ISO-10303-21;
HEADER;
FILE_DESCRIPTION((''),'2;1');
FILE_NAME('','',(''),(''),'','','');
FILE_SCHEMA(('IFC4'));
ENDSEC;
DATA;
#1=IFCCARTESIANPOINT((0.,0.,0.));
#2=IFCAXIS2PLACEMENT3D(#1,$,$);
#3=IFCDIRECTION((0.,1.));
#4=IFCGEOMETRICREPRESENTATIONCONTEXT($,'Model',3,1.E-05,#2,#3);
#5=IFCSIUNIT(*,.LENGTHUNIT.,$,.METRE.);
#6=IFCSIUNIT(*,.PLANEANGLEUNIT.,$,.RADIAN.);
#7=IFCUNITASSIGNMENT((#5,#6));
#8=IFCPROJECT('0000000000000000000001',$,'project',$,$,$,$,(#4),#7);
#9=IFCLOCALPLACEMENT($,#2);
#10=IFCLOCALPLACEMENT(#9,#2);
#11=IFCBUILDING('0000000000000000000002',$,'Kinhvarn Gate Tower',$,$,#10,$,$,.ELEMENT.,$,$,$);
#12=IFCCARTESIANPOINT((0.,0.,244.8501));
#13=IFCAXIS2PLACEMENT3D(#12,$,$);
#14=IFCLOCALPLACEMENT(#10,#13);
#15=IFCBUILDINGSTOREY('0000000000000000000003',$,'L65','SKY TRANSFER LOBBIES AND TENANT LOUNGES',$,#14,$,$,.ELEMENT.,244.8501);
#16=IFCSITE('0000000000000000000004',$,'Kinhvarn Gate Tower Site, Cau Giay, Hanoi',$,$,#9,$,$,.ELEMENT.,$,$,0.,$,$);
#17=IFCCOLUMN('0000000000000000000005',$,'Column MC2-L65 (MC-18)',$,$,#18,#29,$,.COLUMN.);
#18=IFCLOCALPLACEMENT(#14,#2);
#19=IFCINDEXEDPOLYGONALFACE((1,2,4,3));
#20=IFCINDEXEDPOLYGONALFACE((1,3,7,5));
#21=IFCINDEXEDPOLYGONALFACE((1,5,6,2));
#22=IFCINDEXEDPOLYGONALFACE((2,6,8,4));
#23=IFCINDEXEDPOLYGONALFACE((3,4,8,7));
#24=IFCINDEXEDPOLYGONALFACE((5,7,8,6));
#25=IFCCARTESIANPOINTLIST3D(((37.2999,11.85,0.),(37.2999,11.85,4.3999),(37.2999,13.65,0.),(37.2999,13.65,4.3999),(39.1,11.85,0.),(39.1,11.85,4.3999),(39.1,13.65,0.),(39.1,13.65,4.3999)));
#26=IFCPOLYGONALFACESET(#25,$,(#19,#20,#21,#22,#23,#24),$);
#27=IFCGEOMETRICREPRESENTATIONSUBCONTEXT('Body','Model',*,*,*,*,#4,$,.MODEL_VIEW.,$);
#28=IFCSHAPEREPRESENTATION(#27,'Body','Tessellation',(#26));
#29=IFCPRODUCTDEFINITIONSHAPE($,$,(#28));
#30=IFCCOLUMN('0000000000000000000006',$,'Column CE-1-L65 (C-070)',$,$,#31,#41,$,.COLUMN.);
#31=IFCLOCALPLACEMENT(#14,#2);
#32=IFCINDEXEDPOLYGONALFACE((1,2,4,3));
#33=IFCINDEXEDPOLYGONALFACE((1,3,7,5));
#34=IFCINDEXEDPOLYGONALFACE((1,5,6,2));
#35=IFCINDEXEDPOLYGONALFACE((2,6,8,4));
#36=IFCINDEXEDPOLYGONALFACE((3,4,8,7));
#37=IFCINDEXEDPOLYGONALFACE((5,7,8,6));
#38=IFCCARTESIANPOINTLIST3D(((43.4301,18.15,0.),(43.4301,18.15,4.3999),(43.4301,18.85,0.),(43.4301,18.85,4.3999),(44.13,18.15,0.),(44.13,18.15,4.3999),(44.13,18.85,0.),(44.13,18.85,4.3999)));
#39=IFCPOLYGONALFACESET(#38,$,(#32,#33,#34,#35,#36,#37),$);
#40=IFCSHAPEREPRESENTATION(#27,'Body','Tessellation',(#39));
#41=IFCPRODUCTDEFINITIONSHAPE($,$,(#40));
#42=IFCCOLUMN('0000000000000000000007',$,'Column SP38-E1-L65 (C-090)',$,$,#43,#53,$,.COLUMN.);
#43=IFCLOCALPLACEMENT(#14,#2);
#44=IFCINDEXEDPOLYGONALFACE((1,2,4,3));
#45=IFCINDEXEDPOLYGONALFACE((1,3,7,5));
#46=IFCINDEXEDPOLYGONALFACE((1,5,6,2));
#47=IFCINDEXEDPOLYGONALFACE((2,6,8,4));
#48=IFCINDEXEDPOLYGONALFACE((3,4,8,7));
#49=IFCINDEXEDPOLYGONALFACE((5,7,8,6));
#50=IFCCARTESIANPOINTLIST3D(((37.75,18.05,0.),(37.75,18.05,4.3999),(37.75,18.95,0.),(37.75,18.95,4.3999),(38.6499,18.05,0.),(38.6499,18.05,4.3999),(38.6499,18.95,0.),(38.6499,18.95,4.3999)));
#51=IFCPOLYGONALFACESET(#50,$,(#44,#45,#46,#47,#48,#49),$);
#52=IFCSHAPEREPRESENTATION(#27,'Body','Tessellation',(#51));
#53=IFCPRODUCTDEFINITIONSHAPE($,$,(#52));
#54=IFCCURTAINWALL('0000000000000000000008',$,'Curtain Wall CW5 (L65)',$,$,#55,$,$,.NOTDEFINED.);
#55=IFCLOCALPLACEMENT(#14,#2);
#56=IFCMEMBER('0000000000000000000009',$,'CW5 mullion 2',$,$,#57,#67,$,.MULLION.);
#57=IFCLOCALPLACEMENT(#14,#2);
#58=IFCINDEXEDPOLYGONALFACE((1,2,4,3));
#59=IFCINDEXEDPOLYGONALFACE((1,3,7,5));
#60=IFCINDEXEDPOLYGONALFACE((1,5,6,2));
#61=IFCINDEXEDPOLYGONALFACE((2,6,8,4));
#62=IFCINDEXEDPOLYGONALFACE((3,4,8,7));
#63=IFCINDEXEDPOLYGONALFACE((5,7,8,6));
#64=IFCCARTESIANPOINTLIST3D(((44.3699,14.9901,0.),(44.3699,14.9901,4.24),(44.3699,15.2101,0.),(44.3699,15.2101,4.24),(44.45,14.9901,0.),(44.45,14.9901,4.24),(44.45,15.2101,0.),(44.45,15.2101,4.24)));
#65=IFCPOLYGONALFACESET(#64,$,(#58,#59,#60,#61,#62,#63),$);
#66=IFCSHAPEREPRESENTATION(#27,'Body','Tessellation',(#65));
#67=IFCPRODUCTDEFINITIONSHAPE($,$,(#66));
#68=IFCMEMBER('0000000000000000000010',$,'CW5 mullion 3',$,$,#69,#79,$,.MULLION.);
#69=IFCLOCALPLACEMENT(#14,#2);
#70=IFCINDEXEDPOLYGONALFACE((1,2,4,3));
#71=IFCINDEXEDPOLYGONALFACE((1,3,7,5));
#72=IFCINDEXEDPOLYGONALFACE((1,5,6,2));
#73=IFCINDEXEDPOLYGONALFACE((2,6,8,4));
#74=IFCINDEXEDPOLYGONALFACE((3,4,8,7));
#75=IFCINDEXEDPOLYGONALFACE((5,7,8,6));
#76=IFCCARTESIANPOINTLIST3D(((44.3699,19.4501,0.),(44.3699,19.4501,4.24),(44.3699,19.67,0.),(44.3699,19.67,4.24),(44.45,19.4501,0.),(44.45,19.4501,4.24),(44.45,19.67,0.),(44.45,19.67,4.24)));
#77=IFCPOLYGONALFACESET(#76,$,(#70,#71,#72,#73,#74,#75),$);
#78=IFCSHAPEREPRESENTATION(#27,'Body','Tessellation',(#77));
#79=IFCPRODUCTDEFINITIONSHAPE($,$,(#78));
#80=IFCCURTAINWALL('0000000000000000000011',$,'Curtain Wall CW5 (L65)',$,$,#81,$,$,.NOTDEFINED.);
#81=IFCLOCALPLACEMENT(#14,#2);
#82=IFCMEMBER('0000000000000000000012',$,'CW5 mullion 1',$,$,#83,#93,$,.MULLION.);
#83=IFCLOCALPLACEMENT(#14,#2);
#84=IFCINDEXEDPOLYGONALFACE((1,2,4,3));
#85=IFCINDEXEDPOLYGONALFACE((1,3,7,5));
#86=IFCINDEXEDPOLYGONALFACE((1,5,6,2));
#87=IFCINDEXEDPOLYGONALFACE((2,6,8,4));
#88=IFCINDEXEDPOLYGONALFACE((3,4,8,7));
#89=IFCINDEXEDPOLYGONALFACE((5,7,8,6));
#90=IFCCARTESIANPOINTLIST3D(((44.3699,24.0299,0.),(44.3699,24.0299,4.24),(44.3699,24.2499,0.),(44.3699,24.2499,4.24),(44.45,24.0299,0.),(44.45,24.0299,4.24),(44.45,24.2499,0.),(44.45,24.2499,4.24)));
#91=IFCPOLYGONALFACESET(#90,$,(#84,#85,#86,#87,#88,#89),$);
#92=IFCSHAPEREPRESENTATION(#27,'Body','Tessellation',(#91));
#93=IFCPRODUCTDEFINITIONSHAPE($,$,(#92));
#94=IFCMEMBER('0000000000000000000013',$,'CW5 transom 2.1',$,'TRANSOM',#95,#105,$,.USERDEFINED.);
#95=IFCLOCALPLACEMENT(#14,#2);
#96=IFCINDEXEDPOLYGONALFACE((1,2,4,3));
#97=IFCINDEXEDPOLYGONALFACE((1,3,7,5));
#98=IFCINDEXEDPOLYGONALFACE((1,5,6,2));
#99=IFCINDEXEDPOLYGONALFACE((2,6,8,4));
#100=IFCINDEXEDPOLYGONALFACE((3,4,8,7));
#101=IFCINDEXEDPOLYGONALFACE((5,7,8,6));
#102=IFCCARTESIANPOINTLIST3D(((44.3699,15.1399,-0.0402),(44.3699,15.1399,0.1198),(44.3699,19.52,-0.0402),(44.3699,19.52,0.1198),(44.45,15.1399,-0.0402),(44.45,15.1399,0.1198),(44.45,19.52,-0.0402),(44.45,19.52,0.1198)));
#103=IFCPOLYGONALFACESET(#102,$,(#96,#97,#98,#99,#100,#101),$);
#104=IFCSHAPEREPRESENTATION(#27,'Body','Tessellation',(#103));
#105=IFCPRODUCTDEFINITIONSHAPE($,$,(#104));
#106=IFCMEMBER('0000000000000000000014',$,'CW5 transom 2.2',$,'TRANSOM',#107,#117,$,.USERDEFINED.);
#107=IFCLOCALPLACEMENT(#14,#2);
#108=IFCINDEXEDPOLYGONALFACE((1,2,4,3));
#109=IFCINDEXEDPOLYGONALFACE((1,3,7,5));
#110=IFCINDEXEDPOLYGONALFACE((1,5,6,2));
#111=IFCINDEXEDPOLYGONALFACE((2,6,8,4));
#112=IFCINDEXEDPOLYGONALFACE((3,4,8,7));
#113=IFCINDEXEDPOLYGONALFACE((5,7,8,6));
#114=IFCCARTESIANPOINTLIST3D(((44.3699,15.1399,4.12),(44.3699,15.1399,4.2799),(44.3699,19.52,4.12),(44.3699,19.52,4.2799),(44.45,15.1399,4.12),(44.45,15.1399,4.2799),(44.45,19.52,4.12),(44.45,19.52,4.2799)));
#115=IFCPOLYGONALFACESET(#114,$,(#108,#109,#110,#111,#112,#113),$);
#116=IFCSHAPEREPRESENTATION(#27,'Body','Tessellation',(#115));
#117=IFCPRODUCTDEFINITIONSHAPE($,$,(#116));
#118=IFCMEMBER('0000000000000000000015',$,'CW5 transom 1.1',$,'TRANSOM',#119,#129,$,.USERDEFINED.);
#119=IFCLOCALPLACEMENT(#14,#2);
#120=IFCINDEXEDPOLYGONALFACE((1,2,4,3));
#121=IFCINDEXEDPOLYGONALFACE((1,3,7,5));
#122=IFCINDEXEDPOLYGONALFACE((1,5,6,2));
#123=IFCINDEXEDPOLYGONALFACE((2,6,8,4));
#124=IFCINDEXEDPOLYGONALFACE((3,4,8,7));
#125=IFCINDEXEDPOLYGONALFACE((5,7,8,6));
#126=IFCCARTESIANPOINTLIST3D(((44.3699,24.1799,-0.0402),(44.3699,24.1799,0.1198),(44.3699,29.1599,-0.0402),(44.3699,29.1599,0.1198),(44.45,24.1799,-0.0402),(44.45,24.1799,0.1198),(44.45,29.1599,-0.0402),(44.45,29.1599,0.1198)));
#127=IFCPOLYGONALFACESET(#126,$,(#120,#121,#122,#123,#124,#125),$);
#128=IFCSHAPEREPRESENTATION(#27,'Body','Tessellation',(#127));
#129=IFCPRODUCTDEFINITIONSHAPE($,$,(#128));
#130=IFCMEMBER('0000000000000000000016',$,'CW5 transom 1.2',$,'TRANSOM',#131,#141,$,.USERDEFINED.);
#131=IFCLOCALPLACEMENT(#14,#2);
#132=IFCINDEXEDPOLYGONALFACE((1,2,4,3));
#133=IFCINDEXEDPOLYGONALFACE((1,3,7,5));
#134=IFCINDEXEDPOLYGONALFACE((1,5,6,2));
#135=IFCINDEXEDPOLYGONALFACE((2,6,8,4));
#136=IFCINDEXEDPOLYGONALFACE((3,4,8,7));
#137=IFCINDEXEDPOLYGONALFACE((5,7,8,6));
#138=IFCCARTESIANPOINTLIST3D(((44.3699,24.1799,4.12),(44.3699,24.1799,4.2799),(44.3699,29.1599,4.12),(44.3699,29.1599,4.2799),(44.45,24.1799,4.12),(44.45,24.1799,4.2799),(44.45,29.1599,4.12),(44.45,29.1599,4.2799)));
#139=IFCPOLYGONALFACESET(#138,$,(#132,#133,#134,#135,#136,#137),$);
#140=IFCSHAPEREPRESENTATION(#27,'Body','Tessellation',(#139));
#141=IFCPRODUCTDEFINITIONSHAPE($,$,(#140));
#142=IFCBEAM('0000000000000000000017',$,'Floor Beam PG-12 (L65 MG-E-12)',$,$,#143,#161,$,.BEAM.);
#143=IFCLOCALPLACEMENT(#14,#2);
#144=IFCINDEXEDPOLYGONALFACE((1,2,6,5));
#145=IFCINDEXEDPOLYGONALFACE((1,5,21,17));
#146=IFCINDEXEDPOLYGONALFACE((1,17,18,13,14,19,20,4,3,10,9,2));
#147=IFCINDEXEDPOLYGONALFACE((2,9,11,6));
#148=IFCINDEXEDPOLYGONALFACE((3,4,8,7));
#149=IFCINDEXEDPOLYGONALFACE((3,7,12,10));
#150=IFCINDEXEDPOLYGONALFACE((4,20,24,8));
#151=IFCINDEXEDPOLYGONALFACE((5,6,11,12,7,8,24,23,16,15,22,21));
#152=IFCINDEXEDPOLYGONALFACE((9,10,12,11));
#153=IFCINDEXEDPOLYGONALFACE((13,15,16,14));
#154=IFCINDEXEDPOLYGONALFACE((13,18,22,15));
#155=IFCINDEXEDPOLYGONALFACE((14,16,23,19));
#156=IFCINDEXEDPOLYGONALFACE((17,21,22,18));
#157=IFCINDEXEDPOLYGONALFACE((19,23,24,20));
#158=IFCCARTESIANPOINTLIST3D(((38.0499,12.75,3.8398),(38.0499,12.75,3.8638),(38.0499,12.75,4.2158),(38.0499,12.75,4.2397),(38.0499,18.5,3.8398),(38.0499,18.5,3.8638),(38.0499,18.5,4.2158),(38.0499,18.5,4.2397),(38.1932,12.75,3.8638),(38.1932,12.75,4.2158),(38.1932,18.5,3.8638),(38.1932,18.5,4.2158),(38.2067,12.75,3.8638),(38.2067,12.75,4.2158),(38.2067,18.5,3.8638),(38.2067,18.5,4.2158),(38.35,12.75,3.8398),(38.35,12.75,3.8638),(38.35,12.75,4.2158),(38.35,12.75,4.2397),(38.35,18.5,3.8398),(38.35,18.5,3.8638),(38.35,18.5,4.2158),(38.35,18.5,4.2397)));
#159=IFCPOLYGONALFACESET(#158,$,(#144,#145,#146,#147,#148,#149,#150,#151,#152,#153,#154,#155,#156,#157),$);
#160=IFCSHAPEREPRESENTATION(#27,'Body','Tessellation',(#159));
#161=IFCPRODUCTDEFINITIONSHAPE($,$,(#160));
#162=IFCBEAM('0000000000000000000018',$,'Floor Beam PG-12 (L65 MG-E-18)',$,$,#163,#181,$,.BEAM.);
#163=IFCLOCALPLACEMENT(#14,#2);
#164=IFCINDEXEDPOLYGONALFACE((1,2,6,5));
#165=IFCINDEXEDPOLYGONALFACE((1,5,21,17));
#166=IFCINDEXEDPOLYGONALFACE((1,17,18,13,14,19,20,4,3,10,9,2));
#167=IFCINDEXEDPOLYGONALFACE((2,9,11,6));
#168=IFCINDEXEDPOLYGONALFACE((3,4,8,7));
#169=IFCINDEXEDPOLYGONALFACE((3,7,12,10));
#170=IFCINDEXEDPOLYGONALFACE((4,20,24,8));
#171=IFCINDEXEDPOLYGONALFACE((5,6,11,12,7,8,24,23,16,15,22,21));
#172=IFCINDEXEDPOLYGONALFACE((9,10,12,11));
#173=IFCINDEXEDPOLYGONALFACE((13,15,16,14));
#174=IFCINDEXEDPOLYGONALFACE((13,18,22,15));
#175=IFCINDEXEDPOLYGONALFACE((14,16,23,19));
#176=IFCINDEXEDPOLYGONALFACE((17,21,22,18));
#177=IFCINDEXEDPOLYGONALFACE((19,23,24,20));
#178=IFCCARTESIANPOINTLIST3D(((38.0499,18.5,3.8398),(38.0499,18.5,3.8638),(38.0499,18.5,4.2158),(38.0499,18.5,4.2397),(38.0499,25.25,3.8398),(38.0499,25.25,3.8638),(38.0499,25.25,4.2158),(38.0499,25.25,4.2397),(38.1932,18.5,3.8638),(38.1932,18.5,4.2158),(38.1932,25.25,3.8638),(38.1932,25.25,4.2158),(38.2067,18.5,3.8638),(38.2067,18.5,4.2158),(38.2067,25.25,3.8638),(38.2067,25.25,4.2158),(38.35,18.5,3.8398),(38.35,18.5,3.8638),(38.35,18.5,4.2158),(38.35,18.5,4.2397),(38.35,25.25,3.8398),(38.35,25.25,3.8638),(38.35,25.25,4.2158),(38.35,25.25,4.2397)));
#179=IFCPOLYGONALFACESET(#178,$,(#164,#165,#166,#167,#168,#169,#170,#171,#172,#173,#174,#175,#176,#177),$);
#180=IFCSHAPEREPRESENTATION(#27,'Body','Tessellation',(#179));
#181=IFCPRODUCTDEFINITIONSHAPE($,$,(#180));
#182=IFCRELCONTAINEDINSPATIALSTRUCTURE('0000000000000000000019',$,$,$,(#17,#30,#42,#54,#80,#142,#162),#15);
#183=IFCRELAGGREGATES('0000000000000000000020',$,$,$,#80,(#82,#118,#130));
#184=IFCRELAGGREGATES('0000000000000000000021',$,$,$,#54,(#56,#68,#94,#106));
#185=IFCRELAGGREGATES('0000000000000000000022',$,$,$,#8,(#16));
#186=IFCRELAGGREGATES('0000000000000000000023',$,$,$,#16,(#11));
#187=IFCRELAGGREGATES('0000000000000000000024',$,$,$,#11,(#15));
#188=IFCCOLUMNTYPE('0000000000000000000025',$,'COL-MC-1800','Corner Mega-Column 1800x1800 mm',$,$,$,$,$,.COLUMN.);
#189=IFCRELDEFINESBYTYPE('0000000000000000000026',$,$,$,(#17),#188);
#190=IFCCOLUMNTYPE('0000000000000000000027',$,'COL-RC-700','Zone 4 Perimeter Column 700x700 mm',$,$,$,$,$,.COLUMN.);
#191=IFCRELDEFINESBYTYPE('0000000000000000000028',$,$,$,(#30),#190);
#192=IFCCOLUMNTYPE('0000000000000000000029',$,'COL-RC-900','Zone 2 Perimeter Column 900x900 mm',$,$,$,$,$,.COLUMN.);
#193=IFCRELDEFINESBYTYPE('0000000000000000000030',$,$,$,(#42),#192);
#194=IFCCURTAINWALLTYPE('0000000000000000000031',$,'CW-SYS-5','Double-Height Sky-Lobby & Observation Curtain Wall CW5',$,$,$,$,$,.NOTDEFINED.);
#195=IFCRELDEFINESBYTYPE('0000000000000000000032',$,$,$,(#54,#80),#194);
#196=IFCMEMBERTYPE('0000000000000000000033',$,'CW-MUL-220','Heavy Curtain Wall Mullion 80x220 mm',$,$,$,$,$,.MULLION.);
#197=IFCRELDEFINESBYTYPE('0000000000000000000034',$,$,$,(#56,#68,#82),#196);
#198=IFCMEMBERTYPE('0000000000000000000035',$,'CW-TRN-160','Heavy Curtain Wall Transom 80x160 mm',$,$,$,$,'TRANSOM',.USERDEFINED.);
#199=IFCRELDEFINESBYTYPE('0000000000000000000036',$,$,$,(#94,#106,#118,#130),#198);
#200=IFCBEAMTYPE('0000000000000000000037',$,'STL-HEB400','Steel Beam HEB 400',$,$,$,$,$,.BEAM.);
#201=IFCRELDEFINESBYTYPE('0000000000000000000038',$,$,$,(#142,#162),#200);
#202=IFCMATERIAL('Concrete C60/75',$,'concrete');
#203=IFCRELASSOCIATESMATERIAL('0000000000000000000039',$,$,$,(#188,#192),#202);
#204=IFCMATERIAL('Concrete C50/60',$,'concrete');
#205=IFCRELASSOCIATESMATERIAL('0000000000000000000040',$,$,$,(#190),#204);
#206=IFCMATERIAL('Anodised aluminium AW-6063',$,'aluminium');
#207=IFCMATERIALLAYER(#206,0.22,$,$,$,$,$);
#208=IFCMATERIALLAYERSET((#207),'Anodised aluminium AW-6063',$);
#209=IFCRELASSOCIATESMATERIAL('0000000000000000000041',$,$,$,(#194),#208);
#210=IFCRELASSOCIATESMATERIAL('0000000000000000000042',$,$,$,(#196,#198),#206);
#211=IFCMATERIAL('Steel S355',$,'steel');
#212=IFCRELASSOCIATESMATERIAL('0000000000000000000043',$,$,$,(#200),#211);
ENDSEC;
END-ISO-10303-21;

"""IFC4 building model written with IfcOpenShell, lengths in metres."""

from ifc_helpers import new_model, si_unit, direction, frame, origin, origin_2d, place, context, subcontext, project, spatial, rectangle, i_section, extrude, material, layer, layer_set, material_profile, profile_set, type_object, element, aggregate, save


model = new_model("IFC4")

# Units and contexts
model_context = context("Model", 3, precision=1e-05, world=origin(), true_north=direction((0.0, 1.0)))
body_context = subcontext(model_context, "Body", "Model", "MODEL_VIEW")
ifc_project = project(units=[si_unit("LENGTHUNIT", "METRE"), si_unit("PLANEANGLEUNIT", "RADIAN")], contexts=[model_context])

# Site, building, storey
site_placement = place(None, origin())
site = spatial("IfcSite", under=ifc_project, at=site_placement, Name="Kinhvarn Gate Tower Site, Cau Giay, Hanoi", CompositionType="ELEMENT", RefElevation=0.0)
building_placement = place(site_placement, origin())
building = spatial("IfcBuilding", under=site, at=building_placement, Name="Kinhvarn Gate Tower", CompositionType="ELEMENT")
storey_placement = place(building_placement, frame((0.0, 0.0, 244.8501)))
storey = spatial("IfcBuildingStorey", under=building, at=storey_placement, Name="L65", Description="SKY TRANSFER LOBBIES AND TENANT LOUNGES", CompositionType="ELEMENT", Elevation=244.8501)

# Columns
ifc_material_1 = material(Name="Concrete C60/75", Category="concrete")
ifc_material_profile_1 = material_profile(ifc_material_1, rectangle(XDim=1.8, YDim=1.8, at=origin_2d()), Name="RC 1800x1800")
ifc_profile_set_1 = profile_set([ifc_material_profile_1], Name="Concrete C60/75")
column_type_1 = type_object("IfcColumnType", Name="COL-MC-1800", Description="Corner Mega-Column 1800x1800 mm", PredefinedType="COLUMN", material=ifc_profile_set_1)
column_1_placement = place(storey_placement, frame((38.2, 12.75, 0.0), z_axis=(0.0, 0.0, 1.0), x_axis=(1.0, 0.0, 0.0)))
element("IfcColumn", 1, at=column_1_placement, inside=storey, type_object=column_type_1, Name="Column MC2-L65 (MC-18)", PredefinedType="COLUMN", context=body_context, shape_type="SweptSolid", body=[
    extrude(rectangle(XDim=1.8, YDim=1.8, at=origin_2d()), origin(), (0.0, 0.0, 1.0), 4.3999),
])
ifc_material_2 = material(Name="Concrete C50/60", Category="concrete")
ifc_material_profile_2 = material_profile(ifc_material_2, rectangle(XDim=0.7, YDim=0.7, at=origin_2d()), Name="RC 700x700")
ifc_profile_set_2 = profile_set([ifc_material_profile_2], Name="Concrete C50/60")
column_type_2 = type_object("IfcColumnType", Name="COL-RC-700", Description="Zone 4 Perimeter Column 700x700 mm", PredefinedType="COLUMN", material=ifc_profile_set_2)
column_2_placement = place(storey_placement, frame((43.78, 18.5, 0.0), z_axis=(0.0, 0.0, 1.0), x_axis=(1.0, 0.0, 0.0)))
element("IfcColumn", 2, at=column_2_placement, inside=storey, type_object=column_type_2, Name="Column CE-1-L65 (C-070)", PredefinedType="COLUMN", context=body_context, shape_type="SweptSolid", body=[
    extrude(rectangle(XDim=0.7, YDim=0.7, at=origin_2d()), origin(), (0.0, 0.0, 1.0), 4.3999),
])
ifc_material_profile_3 = material_profile(ifc_material_1, rectangle(XDim=0.8999, YDim=0.8999, at=origin_2d()), Name="RC 900x900")
ifc_profile_set_3 = profile_set([ifc_material_profile_3], Name="Concrete C60/75")
column_type_3 = type_object("IfcColumnType", Name="COL-RC-900", Description="Zone 2 Perimeter Column 900x900 mm", PredefinedType="COLUMN", material=ifc_profile_set_3)
column_3_placement = place(storey_placement, frame((38.2, 18.5, 0.0), z_axis=(0.0, 0.0, 1.0), x_axis=(1.0, 0.0, 0.0)))
element("IfcColumn", 3, at=column_3_placement, inside=storey, type_object=column_type_3, Name="Column SP38-E1-L65 (C-090)", PredefinedType="COLUMN", context=body_context, shape_type="SweptSolid", body=[
    extrude(rectangle(XDim=0.8999, YDim=0.8999, at=origin_2d()), origin(), (0.0, 0.0, 1.0), 4.3999),
])

# Curtain wall, members
ifc_material_3 = material(Name="Anodised aluminium AW-6063", Category="aluminium")
ifc_layer_1 = layer(ifc_material_3, 0.22)
ifc_layer_set_1 = layer_set([ifc_layer_1], Name="Anodised aluminium AW-6063")
curtain_wall_type = type_object("IfcCurtainWallType", Name="CW-SYS-5", Description="Double-Height Sky-Lobby & Observation Curtain Wall CW5", PredefinedType="NOTDEFINED", material=ifc_layer_set_1)
curtain_wall_1_placement = place(storey_placement, origin())
curtain_wall_1 = element("IfcCurtainWall", 4, at=curtain_wall_1_placement, inside=storey, type_object=curtain_wall_type, Name="Curtain Wall CW5 (L65)", PredefinedType="NOTDEFINED")
ifc_material_profile_4 = material_profile(ifc_material_3, rectangle(XDim=0.0801, YDim=0.22, at=origin_2d()), Name="ALU 80x220")
ifc_profile_set_4 = profile_set([ifc_material_profile_4], Name="Anodised aluminium AW-6063")
member_type_1 = type_object("IfcMemberType", Name="CW-MUL-220", Description="Heavy Curtain Wall Mullion 80x220 mm", PredefinedType="MULLION", material=ifc_profile_set_4)
member_1_placement = place(storey_placement, frame((44.4099, 15.1001, 0.0), z_axis=(0.0, 0.0, 1.0), x_axis=(-1.0, 0.0, 0.0)))
member_1 = element("IfcMember", 5, at=member_1_placement, type_object=member_type_1, Name="CW5 mullion 2", PredefinedType="MULLION", context=body_context, shape_type="SweptSolid", body=[
    extrude(rectangle(XDim=0.0801, YDim=0.22, at=origin_2d()), origin(), (0.0, 0.0, 1.0), 4.24),
])
member_2_placement = place(storey_placement, frame((44.4099, 19.5601, 0.0), z_axis=(0.0, 0.0, 1.0), x_axis=(-1.0, 0.0, 0.0)))
member_2 = element("IfcMember", 6, at=member_2_placement, type_object=member_type_1, Name="CW5 mullion 3", PredefinedType="MULLION", context=body_context, shape_type="SweptSolid", body=[
    extrude(rectangle(XDim=0.0801, YDim=0.22, at=origin_2d()), origin(), (0.0, 0.0, 1.0), 4.24),
])

# Curtain wall, member
curtain_wall_2_placement = place(storey_placement, origin())
curtain_wall_2 = element("IfcCurtainWall", 7, at=curtain_wall_2_placement, inside=storey, type_object=curtain_wall_type, Name="Curtain Wall CW5 (L65)", PredefinedType="NOTDEFINED")
member_3_placement = place(storey_placement, frame((44.4099, 24.1399, 0.0), z_axis=(0.0, 0.0, 1.0), x_axis=(-1.0, 0.0, 0.0)))
member_3 = element("IfcMember", 8, at=member_3_placement, type_object=member_type_1, Name="CW5 mullion 1", PredefinedType="MULLION", context=body_context, shape_type="SweptSolid", body=[
    extrude(rectangle(XDim=0.0801, YDim=0.22, at=origin_2d()), origin(), (0.0, 0.0, 1.0), 4.24),
])

# Members
ifc_material_profile_5 = material_profile(ifc_material_3, rectangle(XDim=0.0801, YDim=0.1599, at=origin_2d()), Name="ALU 80x160")
ifc_profile_set_5 = profile_set([ifc_material_profile_5], Name="Anodised aluminium AW-6063")
member_type_2 = type_object("IfcMemberType", Name="CW-TRN-160", Description="Heavy Curtain Wall Transom 80x160 mm", ElementType="TRANSOM", PredefinedType="USERDEFINED", material=ifc_profile_set_5)
member_4_placement = place(storey_placement, frame((44.4099, 15.1399, 0.0398), z_axis=(0.0, 1.0, 0.0), x_axis=(-1.0, 0.0, 0.0)))
member_4 = element("IfcMember", 9, at=member_4_placement, type_object=member_type_2, Name="CW5 transom 2.1", ObjectType="TRANSOM", PredefinedType="USERDEFINED", context=body_context, shape_type="SweptSolid", body=[
    extrude(rectangle(XDim=0.0801, YDim=0.1599, at=origin_2d()), origin(), (0.0, 0.0, 1.0), 4.3801),
])
member_5_placement = place(storey_placement, frame((44.4099, 15.1399, 4.2), z_axis=(0.0, 1.0, 0.0), x_axis=(-1.0, 0.0, 0.0)))
member_5 = element("IfcMember", 10, at=member_5_placement, type_object=member_type_2, Name="CW5 transom 2.2", ObjectType="TRANSOM", PredefinedType="USERDEFINED", context=body_context, shape_type="SweptSolid", body=[
    extrude(rectangle(XDim=0.0801, YDim=0.1599, at=origin_2d()), origin(), (0.0, 0.0, 1.0), 4.3801),
])
member_6_placement = place(storey_placement, frame((44.4099, 24.1799, 0.0398), z_axis=(0.0, 1.0, 0.0), x_axis=(-1.0, 0.0, 0.0)))
member_6 = element("IfcMember", 11, at=member_6_placement, type_object=member_type_2, Name="CW5 transom 1.1", ObjectType="TRANSOM", PredefinedType="USERDEFINED", context=body_context, shape_type="SweptSolid", body=[
    extrude(rectangle(XDim=0.0801, YDim=0.1599, at=origin_2d()), origin(), (0.0, 0.0, 1.0), 4.98),
])
member_7_placement = place(storey_placement, frame((44.4099, 24.1799, 4.2), z_axis=(0.0, 1.0, 0.0), x_axis=(-1.0, 0.0, 0.0)))
member_7 = element("IfcMember", 12, at=member_7_placement, type_object=member_type_2, Name="CW5 transom 1.2", ObjectType="TRANSOM", PredefinedType="USERDEFINED", context=body_context, shape_type="SweptSolid", body=[
    extrude(rectangle(XDim=0.0801, YDim=0.1599, at=origin_2d()), origin(), (0.0, 0.0, 1.0), 4.98),
])
aggregate(curtain_wall_2, [member_3, member_6, member_7])

# Beams
ifc_material_4 = material(Name="Steel S355", Category="steel")
ifc_material_profile_6 = material_profile(ifc_material_4, i_section(OverallWidth=0.3, OverallDepth=0.3999, WebThickness=0.0134, FlangeThickness=0.0239, at=origin_2d()), Name="HEB 400")
ifc_profile_set_6 = profile_set([ifc_material_profile_6], Name="Steel S355")
beam_type_1 = type_object("IfcBeamType", Name="STL-HEB400", Description="Steel Beam HEB 400", PredefinedType="BEAM", material=ifc_profile_set_6)
beam_1_placement = place(storey_placement, frame((38.2, 12.75, 4.0398), z_axis=(0.0, 1.0, 0.0), x_axis=(-1.0, 0.0, 0.0)))
element("IfcBeam", 13, at=beam_1_placement, inside=storey, type_object=beam_type_1, Name="Floor Beam PG-12 (L65 MG-E-12)", PredefinedType="BEAM", context=body_context, shape_type="SweptSolid", body=[
    extrude(i_section(OverallWidth=0.3, OverallDepth=0.3999, WebThickness=0.0134, FlangeThickness=0.0239, at=origin_2d()), origin(), (0.0, 0.0, 1.0), 5.75),
])
beam_2_placement = place(storey_placement, frame((38.2, 18.5, 4.0398), z_axis=(0.0, 1.0, 0.0), x_axis=(-1.0, 0.0, 0.0)))
element("IfcBeam", 14, at=beam_2_placement, inside=storey, type_object=beam_type_1, Name="Floor Beam PG-12 (L65 MG-E-18)", PredefinedType="BEAM", context=body_context, shape_type="SweptSolid", body=[
    extrude(i_section(OverallWidth=0.3, OverallDepth=0.3999, WebThickness=0.0134, FlangeThickness=0.0239, at=origin_2d()), origin(), (0.0, 0.0, 1.0), 6.75),
])

aggregate(curtain_wall_1, [member_1, member_2, member_4, member_5])

save(model, "model.ifc")
